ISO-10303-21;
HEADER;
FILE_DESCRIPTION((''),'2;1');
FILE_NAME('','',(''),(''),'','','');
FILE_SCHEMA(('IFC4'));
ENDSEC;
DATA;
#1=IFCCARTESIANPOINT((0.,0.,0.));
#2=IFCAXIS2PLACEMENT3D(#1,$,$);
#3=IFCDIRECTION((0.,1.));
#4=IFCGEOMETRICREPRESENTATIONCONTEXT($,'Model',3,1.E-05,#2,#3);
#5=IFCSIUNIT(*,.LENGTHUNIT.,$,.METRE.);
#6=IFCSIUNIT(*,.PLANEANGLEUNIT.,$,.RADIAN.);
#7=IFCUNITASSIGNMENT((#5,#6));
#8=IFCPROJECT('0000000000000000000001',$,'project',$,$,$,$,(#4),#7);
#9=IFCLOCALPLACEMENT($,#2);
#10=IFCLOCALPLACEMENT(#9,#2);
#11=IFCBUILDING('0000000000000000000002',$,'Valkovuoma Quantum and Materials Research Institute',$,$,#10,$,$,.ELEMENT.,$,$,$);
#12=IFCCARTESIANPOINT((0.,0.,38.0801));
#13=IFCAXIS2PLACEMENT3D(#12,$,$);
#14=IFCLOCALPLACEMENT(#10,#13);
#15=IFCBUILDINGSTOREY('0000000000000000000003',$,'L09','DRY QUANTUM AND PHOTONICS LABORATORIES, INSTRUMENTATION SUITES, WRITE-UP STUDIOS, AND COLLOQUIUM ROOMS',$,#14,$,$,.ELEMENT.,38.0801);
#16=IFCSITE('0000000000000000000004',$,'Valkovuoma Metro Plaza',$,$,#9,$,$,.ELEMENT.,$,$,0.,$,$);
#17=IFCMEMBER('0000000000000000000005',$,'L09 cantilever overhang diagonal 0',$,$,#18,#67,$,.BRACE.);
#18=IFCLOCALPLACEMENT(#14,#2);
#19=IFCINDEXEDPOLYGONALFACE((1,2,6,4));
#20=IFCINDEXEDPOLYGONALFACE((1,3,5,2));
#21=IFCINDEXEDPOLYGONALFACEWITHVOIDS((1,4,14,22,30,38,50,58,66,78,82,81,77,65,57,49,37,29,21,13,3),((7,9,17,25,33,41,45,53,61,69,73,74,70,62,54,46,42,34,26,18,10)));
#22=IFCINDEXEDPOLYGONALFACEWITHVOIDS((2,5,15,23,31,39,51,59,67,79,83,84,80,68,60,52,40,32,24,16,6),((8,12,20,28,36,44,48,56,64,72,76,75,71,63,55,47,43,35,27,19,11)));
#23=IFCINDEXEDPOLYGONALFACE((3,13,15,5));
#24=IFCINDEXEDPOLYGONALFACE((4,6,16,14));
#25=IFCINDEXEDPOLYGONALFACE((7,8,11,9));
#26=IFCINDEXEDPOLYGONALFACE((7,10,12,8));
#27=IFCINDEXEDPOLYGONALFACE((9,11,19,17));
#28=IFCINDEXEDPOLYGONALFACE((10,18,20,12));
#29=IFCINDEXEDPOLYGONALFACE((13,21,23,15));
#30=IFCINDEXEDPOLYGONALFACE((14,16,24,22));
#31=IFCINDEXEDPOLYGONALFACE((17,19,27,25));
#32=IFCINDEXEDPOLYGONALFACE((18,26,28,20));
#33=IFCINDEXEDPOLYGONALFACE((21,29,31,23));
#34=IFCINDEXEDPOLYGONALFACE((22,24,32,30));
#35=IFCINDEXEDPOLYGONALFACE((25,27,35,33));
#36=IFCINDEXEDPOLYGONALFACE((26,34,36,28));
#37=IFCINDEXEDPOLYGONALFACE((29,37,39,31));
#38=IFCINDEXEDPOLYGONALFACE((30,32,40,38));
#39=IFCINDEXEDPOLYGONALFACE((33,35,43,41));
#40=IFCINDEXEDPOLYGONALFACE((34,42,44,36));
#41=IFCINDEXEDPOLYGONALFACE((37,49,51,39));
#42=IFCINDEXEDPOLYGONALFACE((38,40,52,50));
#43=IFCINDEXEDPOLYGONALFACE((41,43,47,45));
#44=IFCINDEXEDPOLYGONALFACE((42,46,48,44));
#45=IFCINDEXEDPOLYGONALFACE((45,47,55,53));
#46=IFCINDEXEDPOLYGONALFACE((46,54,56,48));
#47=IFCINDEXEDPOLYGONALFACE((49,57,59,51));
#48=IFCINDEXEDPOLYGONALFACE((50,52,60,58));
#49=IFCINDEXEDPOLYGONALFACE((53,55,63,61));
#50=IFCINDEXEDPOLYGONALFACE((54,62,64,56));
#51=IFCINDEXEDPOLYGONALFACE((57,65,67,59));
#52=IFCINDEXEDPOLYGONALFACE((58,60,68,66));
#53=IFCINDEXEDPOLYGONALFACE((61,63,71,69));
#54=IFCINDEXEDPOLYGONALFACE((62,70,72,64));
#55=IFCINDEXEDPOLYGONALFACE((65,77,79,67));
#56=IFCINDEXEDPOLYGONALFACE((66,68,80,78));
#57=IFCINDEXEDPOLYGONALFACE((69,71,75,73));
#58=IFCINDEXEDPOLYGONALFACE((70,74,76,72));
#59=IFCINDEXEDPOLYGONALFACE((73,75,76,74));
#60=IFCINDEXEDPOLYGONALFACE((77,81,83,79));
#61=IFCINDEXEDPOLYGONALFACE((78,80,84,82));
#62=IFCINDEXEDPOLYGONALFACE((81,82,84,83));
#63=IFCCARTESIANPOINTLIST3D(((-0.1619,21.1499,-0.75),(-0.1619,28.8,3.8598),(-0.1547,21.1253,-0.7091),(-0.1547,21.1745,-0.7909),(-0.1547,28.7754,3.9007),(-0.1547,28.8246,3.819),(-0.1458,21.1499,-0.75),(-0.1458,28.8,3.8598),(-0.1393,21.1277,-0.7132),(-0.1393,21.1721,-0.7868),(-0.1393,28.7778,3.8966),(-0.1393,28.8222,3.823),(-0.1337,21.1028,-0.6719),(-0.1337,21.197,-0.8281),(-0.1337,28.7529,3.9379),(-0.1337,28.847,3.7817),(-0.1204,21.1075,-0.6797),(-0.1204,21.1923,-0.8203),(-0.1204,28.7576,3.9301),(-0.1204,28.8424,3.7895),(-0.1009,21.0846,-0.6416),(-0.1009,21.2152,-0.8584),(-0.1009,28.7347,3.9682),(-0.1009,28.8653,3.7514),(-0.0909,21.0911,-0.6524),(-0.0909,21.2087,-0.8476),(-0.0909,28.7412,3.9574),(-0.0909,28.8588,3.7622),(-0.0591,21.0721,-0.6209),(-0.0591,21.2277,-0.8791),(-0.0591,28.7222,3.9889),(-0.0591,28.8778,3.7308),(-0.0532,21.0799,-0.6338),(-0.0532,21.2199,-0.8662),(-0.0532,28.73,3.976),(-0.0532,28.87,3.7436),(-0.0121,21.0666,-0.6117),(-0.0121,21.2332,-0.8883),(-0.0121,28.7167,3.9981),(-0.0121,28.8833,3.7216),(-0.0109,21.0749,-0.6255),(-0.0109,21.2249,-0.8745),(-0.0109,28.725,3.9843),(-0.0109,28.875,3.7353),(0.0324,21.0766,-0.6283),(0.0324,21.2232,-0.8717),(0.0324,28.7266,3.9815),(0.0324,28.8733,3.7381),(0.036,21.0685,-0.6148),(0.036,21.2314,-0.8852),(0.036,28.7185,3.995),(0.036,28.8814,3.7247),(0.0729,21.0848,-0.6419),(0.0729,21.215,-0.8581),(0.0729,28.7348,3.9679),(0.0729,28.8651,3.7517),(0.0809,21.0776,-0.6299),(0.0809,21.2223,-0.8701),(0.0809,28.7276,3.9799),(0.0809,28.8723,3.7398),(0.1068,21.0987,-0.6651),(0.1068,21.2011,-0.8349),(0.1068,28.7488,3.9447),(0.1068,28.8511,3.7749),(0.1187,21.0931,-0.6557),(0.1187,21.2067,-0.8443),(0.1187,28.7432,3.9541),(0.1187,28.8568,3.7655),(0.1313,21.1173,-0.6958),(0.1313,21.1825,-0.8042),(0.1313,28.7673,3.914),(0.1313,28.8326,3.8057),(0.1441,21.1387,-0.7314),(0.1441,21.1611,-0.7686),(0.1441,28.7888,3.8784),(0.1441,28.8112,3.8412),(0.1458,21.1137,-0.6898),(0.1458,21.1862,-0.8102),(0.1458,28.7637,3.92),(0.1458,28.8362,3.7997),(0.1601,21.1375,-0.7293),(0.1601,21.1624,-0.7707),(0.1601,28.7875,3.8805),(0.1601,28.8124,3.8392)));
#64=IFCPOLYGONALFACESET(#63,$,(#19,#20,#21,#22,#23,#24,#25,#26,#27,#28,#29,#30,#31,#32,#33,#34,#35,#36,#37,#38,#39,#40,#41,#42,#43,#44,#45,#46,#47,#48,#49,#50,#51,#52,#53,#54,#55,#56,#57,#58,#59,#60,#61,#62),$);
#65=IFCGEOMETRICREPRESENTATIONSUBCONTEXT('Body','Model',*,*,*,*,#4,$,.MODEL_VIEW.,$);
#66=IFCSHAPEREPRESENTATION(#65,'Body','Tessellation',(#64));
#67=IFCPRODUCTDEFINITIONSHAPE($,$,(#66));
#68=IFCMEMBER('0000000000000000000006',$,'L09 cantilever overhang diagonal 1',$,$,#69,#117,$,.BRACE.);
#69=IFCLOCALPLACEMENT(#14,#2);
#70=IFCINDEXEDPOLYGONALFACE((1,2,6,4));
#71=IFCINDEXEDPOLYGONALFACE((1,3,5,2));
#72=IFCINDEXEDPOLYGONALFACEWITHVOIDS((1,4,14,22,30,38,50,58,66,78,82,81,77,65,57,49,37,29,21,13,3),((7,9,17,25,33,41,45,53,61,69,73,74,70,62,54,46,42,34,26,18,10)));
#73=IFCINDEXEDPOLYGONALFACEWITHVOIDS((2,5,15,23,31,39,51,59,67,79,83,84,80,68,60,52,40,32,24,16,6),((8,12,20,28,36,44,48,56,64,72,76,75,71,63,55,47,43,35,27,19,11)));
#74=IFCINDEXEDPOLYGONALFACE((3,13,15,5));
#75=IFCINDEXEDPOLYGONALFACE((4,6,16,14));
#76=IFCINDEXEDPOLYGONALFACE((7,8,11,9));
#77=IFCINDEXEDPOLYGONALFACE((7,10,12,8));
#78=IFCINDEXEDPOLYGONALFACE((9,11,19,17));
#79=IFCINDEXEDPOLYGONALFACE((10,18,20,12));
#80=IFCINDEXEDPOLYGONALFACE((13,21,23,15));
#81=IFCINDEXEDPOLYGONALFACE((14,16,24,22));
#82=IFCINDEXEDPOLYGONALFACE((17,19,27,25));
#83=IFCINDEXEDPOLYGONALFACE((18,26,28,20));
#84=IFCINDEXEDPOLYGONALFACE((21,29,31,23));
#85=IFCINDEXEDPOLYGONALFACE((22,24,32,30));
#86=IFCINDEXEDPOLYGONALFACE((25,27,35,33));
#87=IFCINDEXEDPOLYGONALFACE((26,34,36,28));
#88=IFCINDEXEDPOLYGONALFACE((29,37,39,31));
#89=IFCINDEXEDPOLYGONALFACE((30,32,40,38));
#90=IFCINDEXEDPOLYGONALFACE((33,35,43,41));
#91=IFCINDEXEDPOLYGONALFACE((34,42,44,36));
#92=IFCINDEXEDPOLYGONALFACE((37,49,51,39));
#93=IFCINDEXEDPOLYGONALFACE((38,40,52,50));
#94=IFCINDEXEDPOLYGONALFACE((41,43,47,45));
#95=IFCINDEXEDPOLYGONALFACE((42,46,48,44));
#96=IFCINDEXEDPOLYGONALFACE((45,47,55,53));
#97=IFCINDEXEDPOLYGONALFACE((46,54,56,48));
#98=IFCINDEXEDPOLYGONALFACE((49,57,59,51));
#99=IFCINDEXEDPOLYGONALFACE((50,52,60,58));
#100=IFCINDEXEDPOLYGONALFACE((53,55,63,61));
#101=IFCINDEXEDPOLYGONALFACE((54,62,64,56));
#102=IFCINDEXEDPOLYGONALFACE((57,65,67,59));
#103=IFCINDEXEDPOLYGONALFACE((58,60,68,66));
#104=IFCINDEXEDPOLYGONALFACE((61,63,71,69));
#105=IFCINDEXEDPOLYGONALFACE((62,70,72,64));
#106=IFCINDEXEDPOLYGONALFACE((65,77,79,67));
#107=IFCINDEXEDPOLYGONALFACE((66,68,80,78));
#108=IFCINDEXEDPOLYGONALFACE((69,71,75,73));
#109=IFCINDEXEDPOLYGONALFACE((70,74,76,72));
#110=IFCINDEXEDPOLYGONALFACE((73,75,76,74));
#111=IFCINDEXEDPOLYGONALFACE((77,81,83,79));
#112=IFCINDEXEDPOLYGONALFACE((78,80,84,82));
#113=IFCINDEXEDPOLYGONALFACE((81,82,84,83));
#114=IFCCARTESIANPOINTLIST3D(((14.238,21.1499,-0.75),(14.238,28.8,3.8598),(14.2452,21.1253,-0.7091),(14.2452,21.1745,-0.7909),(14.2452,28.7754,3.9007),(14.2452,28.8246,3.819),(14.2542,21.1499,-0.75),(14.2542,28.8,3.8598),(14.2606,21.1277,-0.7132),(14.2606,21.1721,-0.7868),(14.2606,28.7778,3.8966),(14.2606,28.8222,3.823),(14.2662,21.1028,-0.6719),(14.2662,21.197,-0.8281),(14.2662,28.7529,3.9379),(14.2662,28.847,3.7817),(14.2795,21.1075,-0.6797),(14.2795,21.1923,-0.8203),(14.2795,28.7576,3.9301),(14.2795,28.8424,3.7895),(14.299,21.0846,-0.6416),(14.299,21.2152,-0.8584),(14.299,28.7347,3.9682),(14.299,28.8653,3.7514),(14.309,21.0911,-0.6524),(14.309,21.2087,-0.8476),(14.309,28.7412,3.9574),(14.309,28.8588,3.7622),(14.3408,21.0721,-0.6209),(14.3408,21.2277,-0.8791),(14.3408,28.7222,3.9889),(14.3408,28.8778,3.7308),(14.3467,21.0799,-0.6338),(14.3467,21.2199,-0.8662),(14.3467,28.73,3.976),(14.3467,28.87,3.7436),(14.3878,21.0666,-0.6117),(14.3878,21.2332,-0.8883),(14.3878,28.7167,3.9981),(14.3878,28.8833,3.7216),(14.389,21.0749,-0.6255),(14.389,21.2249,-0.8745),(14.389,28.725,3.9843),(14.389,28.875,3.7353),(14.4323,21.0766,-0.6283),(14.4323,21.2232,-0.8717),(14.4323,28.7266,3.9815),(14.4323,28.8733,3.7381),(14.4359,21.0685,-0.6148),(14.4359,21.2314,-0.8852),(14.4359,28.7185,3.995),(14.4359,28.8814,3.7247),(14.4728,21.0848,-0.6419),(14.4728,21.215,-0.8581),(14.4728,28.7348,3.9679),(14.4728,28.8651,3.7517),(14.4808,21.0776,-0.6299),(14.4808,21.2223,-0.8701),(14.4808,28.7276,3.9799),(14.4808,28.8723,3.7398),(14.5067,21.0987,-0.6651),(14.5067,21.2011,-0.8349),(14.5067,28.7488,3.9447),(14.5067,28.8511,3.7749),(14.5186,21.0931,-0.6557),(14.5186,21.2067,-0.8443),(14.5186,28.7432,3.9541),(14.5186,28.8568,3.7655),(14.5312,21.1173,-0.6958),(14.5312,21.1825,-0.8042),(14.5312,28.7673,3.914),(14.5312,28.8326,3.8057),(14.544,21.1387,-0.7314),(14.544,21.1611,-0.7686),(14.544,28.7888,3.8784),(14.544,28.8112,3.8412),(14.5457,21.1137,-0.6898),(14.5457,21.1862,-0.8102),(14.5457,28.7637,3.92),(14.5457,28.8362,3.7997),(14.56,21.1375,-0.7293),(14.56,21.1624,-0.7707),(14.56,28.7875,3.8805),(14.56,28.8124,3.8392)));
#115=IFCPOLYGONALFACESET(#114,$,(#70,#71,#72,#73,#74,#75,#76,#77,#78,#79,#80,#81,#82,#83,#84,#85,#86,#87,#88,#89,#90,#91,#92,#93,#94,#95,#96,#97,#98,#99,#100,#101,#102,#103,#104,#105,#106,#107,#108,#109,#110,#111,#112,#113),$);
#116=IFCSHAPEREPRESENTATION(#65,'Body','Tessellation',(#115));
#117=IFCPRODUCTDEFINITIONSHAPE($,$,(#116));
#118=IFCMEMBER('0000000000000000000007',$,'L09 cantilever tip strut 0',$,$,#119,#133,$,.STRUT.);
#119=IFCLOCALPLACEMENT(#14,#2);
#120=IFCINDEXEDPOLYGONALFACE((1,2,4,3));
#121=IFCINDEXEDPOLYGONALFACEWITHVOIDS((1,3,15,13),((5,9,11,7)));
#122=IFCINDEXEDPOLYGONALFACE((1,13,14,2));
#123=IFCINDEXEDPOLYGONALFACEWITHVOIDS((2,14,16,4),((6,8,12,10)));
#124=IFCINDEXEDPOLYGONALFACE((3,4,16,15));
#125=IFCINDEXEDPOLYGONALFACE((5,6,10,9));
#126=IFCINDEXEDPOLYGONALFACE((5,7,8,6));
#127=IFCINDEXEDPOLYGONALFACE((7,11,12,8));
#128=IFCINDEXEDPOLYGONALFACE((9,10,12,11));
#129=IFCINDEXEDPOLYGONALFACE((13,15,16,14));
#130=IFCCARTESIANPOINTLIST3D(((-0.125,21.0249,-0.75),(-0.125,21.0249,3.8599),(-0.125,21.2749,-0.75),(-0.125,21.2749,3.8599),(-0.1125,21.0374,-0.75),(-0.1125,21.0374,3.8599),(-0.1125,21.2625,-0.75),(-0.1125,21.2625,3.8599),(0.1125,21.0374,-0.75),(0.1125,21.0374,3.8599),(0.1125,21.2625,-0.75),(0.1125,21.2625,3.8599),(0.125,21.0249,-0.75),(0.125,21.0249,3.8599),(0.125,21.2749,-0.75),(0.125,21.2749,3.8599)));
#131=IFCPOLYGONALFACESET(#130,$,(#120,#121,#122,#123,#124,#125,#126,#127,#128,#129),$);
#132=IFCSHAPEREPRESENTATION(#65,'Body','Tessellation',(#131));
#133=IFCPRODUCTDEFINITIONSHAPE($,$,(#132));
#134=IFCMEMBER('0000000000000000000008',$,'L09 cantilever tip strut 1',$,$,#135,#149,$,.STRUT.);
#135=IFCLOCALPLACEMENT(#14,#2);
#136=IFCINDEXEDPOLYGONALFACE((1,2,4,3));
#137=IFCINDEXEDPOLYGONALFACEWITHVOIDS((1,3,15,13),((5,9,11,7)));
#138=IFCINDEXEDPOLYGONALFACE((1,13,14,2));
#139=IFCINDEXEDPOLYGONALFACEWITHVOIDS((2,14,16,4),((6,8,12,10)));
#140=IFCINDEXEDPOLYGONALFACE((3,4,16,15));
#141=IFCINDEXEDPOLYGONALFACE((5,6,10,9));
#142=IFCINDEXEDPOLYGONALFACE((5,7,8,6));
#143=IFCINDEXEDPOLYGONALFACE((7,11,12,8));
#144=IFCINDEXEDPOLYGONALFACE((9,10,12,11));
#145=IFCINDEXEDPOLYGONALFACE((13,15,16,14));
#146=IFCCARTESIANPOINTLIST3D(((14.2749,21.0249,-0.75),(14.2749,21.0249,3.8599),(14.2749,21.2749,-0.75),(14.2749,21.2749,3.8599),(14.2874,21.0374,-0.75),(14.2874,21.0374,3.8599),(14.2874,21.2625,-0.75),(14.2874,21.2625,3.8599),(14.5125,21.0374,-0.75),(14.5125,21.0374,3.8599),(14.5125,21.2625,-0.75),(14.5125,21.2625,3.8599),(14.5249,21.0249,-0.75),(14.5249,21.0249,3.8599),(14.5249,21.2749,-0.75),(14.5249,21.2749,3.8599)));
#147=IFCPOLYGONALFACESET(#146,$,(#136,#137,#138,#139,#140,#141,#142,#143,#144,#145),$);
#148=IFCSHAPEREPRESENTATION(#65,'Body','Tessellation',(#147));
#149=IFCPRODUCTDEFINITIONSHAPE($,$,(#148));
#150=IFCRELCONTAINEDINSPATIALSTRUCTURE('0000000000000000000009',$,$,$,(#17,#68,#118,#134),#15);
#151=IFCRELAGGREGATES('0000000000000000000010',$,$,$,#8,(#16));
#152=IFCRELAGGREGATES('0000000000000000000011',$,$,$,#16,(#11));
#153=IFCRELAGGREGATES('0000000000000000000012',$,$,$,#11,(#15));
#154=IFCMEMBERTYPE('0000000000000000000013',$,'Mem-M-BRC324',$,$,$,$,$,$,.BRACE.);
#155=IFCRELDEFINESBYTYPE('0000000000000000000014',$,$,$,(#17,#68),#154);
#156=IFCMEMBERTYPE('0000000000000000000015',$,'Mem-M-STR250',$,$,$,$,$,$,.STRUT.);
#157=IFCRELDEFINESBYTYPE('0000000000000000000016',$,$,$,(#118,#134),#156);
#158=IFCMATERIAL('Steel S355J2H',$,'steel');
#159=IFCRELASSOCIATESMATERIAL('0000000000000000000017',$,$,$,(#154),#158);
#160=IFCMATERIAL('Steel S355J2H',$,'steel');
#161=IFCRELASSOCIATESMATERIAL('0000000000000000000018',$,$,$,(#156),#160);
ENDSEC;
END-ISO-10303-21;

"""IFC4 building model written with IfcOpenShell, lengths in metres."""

from ifc_helpers import new_model, si_unit, direction, frame, origin, origin_2d, place, context, subcontext, project, spatial, hollow_rectangle, hollow_circle, extrude, material, material_profile, profile_set, type_object, element, save


model = new_model("IFC4")

# Units and contexts
model_context = context("Model", 3, precision=1e-05, world=origin(), true_north=direction((0.0, 1.0)))
body_context = subcontext(model_context, "Body", "Model", "MODEL_VIEW")
ifc_project = project(units=[si_unit("LENGTHUNIT", "METRE"), si_unit("PLANEANGLEUNIT", "RADIAN")], contexts=[model_context])

# Site, building, storey
site_placement = place(None, origin())
site = spatial("IfcSite", under=ifc_project, at=site_placement, Name="Valkovuoma Metro Plaza", CompositionType="ELEMENT", RefElevation=0.0)
building_placement = place(site_placement, origin())
building = spatial("IfcBuilding", under=site, at=building_placement, Name="Valkovuoma Quantum and Materials Research Institute", CompositionType="ELEMENT")
storey_placement = place(building_placement, frame((0.0, 0.0, 38.0801)))
storey = spatial("IfcBuildingStorey", under=building, at=storey_placement, Name="L09", Description="DRY QUANTUM AND PHOTONICS LABORATORIES, INSTRUMENTATION SUITES, WRITE-UP STUDIOS, AND COLLOQUIUM ROOMS", CompositionType="ELEMENT", Elevation=38.0801)

# Members
ifc_material_1 = material(Name="Steel S355J2H", Category="steel")
ifc_material_profile_1 = material_profile(ifc_material_1, hollow_circle(Radius=0.1619, WallThickness=0.0161, at=origin_2d()), Name="Steel S355J2H")
ifc_profile_set_1 = profile_set([ifc_material_profile_1], Name="Steel S355J2H")
member_type_1 = type_object("IfcMemberType", Name="Mem-M-BRC324", PredefinedType="BRACE", material=ifc_profile_set_1)
for number, where, z_axis, x_axis, name in (
    (1, (0.0, 21.1499, -0.75), (0.0, 0.856515, 0.516123), (-1.0, 0.0, 0.0), "L09 cantilever overhang diagonal 0"),
    (2, (14.3999, 21.1499, -0.75), (0.0, 0.856515, 0.516123), (-1.0, 0.0, 0.0), "L09 cantilever overhang diagonal 1"),
):
    element("IfcMember", number, at=place(storey_placement, frame(where, z_axis=z_axis, x_axis=x_axis)), inside=storey, type_object=member_type_1, Name=name, PredefinedType="BRACE", context=body_context, shape_type="SweptSolid", body=[
        extrude(hollow_circle(Radius=0.1619, WallThickness=0.0161, at=origin_2d()), origin(), (0.0, 0.0, 1.0), 8.9316),
    ])
ifc_material_2 = material(Name="Steel S355J2H", Category="steel")
ifc_material_profile_2 = material_profile(ifc_material_2, hollow_rectangle(XDim=0.25, YDim=0.25, WallThickness=0.0125, at=origin_2d()), Name="Steel S355J2H")
ifc_profile_set_2 = profile_set([ifc_material_profile_2], Name="Steel S355J2H")
member_type_2 = type_object("IfcMemberType", Name="Mem-M-STR250", PredefinedType="STRUT", material=ifc_profile_set_2)
for number, where, z_axis, x_axis, name in (
    (3, (0.0, 21.1499, -0.75), (0.0, 0.0, 1.0), (1.0, 0.0, 0.0), "L09 cantilever tip strut 0"),
    (4, (14.3999, 21.1499, -0.75), (0.0, 0.0, 1.0), (1.0, 0.0, 0.0), "L09 cantilever tip strut 1"),
):
    element("IfcMember", number, at=place(storey_placement, frame(where, z_axis=z_axis, x_axis=x_axis)), inside=storey, type_object=member_type_2, Name=name, PredefinedType="STRUT", context=body_context, shape_type="SweptSolid", body=[
        extrude(hollow_rectangle(XDim=0.25, YDim=0.25, WallThickness=0.0125, at=origin_2d()), origin(), (0.0, 0.0, 1.0), 4.6099),
    ])

save(model, "model.ifc")
